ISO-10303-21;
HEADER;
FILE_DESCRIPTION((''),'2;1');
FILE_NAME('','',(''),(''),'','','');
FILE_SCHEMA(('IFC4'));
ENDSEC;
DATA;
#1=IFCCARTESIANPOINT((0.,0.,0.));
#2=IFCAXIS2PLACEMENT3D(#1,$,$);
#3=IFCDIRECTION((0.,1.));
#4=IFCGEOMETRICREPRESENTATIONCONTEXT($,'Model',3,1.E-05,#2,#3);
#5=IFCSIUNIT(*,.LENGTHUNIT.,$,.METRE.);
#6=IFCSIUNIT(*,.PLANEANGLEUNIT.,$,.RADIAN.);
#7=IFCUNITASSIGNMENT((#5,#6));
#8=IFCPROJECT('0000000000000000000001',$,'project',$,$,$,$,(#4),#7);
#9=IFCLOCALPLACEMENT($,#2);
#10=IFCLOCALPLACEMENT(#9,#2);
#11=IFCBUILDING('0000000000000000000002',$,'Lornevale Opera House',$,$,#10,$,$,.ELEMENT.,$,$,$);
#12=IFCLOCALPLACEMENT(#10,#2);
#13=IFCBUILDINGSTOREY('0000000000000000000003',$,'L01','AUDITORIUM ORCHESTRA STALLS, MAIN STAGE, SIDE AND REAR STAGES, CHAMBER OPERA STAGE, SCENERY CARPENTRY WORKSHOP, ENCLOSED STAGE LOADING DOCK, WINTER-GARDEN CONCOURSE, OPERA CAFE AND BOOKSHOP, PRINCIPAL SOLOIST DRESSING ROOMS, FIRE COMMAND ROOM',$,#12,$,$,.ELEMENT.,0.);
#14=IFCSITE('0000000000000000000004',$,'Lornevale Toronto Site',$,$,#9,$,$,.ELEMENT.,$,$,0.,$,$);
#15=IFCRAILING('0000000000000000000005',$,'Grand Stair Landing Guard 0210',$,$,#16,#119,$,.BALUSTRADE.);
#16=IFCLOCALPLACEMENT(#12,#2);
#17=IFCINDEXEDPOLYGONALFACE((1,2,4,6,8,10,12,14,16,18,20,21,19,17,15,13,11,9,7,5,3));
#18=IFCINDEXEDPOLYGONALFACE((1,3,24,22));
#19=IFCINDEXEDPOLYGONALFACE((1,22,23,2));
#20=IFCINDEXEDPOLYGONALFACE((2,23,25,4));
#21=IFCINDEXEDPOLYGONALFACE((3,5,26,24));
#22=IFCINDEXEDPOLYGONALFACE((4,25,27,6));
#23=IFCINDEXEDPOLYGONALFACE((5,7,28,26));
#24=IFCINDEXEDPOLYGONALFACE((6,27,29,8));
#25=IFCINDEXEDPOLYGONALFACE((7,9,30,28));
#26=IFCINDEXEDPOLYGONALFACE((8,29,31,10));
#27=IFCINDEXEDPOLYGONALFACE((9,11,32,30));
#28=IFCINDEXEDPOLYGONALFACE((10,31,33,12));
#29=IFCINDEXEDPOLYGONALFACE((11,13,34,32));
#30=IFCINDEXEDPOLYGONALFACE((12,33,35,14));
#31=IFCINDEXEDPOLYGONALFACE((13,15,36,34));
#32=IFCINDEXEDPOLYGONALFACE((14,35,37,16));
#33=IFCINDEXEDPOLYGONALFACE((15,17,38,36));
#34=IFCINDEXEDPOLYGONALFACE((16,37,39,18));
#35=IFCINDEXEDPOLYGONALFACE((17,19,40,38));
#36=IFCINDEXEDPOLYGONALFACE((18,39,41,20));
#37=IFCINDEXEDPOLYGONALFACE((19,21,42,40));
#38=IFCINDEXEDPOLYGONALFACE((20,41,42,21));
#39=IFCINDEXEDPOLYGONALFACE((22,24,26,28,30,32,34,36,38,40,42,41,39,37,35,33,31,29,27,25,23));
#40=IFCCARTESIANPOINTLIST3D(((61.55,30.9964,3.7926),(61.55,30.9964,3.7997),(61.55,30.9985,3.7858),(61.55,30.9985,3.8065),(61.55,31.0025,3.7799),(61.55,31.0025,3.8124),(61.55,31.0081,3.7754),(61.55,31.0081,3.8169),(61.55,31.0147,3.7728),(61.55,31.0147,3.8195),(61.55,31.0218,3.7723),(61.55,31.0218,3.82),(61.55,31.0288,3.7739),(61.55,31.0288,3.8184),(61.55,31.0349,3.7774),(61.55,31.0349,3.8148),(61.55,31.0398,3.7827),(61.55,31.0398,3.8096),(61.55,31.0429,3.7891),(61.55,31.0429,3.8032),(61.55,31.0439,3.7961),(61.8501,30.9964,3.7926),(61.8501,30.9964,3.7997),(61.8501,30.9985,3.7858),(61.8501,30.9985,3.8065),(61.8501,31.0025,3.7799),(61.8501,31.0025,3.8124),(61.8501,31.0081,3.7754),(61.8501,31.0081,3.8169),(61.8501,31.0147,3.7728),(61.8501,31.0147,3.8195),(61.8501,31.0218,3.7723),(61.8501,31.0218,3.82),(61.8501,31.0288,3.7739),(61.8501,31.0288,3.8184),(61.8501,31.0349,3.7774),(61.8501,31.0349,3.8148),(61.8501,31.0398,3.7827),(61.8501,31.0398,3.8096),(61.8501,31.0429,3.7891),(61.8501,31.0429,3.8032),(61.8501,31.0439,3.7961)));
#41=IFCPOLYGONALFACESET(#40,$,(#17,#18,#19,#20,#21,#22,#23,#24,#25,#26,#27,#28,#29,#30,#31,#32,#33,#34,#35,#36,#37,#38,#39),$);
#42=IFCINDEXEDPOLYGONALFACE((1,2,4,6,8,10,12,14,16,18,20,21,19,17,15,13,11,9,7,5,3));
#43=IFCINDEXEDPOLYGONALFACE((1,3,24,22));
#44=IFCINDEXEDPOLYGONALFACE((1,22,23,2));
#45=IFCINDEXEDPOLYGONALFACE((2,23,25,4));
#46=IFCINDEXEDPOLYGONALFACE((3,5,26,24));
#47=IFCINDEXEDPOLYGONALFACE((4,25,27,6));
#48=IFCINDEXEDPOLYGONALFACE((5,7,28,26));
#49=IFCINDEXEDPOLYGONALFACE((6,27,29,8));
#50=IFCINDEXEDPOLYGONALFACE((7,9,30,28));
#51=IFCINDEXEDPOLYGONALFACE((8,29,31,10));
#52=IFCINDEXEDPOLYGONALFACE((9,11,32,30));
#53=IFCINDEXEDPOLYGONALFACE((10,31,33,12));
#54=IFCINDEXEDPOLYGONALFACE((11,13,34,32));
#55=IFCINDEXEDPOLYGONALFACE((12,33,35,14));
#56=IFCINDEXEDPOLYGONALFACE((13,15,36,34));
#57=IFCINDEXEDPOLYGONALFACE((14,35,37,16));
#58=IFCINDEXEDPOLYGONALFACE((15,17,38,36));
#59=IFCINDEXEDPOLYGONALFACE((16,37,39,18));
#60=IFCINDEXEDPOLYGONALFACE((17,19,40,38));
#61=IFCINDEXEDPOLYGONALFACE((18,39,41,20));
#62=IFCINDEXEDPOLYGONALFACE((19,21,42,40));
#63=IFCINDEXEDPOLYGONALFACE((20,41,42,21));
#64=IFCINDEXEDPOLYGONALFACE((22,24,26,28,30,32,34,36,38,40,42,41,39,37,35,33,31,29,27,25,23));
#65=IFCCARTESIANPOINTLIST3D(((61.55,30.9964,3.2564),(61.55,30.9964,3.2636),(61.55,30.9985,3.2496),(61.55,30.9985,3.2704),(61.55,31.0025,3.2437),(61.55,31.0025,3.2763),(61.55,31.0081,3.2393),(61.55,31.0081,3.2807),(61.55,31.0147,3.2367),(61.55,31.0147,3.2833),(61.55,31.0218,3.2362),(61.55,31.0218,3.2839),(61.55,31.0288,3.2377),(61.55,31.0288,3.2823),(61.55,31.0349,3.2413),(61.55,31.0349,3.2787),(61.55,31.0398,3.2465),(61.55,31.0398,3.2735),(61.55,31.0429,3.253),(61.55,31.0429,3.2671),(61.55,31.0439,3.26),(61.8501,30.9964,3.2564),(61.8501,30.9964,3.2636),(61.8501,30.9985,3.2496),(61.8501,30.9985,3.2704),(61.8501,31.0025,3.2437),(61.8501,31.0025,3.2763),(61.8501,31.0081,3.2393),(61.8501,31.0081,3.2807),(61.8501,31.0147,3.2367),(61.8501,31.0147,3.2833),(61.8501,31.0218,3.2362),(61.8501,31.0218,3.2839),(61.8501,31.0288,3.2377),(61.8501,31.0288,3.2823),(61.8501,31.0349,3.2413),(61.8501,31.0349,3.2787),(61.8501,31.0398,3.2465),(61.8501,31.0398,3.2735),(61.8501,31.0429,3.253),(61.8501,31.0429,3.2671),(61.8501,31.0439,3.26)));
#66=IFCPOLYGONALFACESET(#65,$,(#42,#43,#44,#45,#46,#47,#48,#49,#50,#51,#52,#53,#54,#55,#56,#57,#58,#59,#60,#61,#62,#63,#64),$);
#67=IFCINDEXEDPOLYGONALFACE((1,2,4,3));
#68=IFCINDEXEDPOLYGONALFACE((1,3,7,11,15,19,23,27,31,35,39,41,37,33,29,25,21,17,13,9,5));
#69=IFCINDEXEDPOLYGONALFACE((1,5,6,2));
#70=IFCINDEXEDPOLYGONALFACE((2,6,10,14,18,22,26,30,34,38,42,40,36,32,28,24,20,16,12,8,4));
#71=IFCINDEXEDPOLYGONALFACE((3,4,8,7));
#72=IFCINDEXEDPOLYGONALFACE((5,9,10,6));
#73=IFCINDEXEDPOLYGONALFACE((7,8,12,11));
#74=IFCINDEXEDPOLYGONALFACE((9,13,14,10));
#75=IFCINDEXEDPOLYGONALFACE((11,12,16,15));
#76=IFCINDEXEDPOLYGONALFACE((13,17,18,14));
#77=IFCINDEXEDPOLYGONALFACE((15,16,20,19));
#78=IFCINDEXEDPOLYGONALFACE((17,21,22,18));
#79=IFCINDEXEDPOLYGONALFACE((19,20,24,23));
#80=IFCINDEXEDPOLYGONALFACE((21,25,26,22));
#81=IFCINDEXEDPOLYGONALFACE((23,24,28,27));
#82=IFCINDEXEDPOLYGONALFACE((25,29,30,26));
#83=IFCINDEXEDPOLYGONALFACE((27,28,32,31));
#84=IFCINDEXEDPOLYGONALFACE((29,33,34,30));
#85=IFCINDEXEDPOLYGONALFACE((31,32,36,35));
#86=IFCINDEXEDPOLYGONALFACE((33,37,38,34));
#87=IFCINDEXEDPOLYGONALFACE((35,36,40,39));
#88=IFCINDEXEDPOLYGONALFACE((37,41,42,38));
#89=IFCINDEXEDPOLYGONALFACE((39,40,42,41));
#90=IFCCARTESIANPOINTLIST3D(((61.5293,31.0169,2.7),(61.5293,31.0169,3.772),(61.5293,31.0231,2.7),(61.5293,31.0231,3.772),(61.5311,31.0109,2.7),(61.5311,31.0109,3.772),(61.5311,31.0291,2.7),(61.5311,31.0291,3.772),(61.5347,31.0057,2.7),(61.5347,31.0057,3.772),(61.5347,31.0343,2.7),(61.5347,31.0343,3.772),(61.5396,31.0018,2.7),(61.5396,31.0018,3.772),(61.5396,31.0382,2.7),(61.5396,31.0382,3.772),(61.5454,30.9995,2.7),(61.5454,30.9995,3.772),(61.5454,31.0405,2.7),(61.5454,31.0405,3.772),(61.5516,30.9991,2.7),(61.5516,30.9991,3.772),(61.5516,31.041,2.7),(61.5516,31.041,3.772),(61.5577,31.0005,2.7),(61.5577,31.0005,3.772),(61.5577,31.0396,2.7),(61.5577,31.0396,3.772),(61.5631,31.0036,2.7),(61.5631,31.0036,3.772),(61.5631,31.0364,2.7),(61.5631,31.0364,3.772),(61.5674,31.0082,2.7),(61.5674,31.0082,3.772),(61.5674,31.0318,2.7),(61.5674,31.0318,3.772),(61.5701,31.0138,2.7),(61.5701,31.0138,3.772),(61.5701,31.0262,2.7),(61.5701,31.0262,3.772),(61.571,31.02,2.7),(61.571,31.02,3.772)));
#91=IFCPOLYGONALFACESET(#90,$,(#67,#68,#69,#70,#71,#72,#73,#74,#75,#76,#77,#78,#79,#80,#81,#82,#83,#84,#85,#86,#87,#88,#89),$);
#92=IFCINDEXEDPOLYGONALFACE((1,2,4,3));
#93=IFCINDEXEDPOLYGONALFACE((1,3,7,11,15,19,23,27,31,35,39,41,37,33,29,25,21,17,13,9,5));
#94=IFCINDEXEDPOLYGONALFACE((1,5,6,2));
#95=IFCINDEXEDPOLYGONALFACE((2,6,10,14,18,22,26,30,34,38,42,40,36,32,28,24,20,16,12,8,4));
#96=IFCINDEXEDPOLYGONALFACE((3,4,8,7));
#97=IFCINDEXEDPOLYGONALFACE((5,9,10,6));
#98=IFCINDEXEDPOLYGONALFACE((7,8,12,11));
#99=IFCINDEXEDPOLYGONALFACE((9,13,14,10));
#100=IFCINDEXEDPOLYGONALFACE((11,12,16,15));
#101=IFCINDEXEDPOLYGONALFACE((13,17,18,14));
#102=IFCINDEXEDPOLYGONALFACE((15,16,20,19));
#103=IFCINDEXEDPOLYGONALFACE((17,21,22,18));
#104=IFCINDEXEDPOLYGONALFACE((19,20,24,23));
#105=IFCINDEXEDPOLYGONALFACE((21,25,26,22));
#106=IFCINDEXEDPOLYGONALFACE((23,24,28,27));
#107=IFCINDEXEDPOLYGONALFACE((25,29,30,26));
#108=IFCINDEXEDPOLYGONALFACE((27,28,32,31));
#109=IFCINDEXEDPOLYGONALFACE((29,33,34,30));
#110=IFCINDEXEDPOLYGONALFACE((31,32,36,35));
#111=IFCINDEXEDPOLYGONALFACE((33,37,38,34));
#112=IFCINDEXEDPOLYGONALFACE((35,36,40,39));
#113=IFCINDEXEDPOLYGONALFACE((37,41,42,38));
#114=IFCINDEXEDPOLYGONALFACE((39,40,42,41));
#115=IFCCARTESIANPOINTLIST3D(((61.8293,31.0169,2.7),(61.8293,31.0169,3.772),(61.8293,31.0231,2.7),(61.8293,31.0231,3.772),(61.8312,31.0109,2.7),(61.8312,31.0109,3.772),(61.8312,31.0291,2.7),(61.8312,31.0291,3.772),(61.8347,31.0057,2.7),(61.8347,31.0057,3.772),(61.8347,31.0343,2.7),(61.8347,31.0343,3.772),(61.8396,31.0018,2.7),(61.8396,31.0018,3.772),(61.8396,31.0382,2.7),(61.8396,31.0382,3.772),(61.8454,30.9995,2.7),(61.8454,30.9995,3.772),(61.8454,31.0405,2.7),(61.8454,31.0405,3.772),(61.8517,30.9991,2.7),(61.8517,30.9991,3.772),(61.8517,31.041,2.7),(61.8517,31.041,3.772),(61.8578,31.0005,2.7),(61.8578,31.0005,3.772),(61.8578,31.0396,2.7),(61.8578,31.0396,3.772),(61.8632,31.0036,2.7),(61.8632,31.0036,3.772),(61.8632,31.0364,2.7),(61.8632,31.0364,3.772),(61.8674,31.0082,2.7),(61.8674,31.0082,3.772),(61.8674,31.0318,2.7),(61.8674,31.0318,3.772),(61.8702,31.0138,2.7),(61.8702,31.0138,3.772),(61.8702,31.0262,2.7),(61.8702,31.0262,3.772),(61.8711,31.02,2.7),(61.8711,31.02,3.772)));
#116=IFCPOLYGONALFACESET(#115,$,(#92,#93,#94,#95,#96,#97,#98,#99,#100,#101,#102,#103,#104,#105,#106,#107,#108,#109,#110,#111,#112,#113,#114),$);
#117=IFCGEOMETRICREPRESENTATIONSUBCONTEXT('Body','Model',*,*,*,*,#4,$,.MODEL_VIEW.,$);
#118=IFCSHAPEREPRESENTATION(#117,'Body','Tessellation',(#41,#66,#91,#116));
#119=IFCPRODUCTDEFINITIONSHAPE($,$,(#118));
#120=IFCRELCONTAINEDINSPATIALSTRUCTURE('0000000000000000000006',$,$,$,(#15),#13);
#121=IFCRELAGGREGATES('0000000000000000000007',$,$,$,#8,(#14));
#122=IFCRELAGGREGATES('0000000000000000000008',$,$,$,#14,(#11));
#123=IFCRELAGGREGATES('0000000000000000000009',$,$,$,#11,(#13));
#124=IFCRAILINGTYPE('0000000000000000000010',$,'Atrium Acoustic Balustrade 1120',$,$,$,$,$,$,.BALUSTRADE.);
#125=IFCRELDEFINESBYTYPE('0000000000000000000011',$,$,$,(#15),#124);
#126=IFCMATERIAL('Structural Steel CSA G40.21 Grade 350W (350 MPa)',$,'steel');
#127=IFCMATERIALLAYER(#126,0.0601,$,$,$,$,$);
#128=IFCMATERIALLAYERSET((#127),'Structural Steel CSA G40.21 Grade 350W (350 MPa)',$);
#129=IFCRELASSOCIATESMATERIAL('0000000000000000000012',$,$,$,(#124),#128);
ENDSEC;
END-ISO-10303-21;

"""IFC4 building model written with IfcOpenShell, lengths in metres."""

from ifc_helpers import new_model, si_unit, direction, frame, origin, origin_2d, place, context, subcontext, project, spatial, circle, extrude, material, layer, layer_set, type_object, element, save


model = new_model("IFC4")

# Units and contexts
model_context = context("Model", 3, precision=1e-05, world=origin(), true_north=direction((0.0, 1.0)))
body_context = subcontext(model_context, "Body", "Model", "MODEL_VIEW")
ifc_project = project(units=[si_unit("LENGTHUNIT", "METRE"), si_unit("PLANEANGLEUNIT", "RADIAN")], contexts=[model_context])

# Site, building, storey
site_placement = place(None, origin())
site = spatial("IfcSite", under=ifc_project, at=site_placement, Name="Lornevale Toronto Site", CompositionType="ELEMENT", RefElevation=0.0)
building_placement = place(site_placement, origin())
building = spatial("IfcBuilding", under=site, at=building_placement, Name="Lornevale Opera House", CompositionType="ELEMENT")
storey_placement = place(building_placement, origin())
storey = spatial("IfcBuildingStorey", under=building, at=storey_placement, Name="L01", Description="AUDITORIUM ORCHESTRA STALLS, MAIN STAGE, SIDE AND REAR STAGES, CHAMBER OPERA STAGE, SCENERY CARPENTRY WORKSHOP, ENCLOSED STAGE LOADING DOCK, WINTER-GARDEN CONCOURSE, OPERA CAFE AND BOOKSHOP, PRINCIPAL SOLOIST DRESSING ROOMS, FIRE COMMAND ROOM", CompositionType="ELEMENT", Elevation=0.0)

# Shared definitions
ifc_material_1 = material(Name="Structural Steel CSA G40.21 Grade 350W (350 MPa)", Category="steel")

# Railing
ifc_layer_1 = layer(ifc_material_1, 0.0601)
ifc_layer_set_1 = layer_set([ifc_layer_1], Name="Structural Steel CSA G40.21 Grade 350W (350 MPa)")
railing_type_1 = type_object("IfcRailingType", Name="Atrium Acoustic Balustrade 1120", PredefinedType="BALUSTRADE", material=ifc_layer_set_1)
railing_1_placement = place(storey_placement, frame((61.55, 31.02, 2.7)))
element("IfcRailing", 1, at=railing_1_placement, inside=storey, type_object=railing_type_1, Name="Grand Stair Landing Guard 0210", PredefinedType="BALUSTRADE", context=body_context, shape_type="SweptSolid", body=[
    extrude(circle(Radius=0.0239, at=origin_2d()), frame((0.0, 0.0, 1.0962), z_axis=(1.0, 0.0, 0.0), x_axis=(0.0, 1.0, 0.0)), (0.0, 0.0, 1.0), 0.3),
    extrude(circle(Radius=0.0239, at=origin_2d()), frame((0.0, 0.0, 0.5601), z_axis=(1.0, 0.0, 0.0), x_axis=(0.0, 1.0, 0.0)), (0.0, 0.0, 1.0), 0.3),
    extrude(circle(Radius=0.021, at=origin_2d()), origin(), (0.0, 0.0, 1.0), 1.072),
    extrude(circle(Radius=0.021, at=origin_2d()), frame((0.3, 0.0, 0.0)), (0.0, 0.0, 1.0), 1.072),
])

save(model, "model.ifc")
